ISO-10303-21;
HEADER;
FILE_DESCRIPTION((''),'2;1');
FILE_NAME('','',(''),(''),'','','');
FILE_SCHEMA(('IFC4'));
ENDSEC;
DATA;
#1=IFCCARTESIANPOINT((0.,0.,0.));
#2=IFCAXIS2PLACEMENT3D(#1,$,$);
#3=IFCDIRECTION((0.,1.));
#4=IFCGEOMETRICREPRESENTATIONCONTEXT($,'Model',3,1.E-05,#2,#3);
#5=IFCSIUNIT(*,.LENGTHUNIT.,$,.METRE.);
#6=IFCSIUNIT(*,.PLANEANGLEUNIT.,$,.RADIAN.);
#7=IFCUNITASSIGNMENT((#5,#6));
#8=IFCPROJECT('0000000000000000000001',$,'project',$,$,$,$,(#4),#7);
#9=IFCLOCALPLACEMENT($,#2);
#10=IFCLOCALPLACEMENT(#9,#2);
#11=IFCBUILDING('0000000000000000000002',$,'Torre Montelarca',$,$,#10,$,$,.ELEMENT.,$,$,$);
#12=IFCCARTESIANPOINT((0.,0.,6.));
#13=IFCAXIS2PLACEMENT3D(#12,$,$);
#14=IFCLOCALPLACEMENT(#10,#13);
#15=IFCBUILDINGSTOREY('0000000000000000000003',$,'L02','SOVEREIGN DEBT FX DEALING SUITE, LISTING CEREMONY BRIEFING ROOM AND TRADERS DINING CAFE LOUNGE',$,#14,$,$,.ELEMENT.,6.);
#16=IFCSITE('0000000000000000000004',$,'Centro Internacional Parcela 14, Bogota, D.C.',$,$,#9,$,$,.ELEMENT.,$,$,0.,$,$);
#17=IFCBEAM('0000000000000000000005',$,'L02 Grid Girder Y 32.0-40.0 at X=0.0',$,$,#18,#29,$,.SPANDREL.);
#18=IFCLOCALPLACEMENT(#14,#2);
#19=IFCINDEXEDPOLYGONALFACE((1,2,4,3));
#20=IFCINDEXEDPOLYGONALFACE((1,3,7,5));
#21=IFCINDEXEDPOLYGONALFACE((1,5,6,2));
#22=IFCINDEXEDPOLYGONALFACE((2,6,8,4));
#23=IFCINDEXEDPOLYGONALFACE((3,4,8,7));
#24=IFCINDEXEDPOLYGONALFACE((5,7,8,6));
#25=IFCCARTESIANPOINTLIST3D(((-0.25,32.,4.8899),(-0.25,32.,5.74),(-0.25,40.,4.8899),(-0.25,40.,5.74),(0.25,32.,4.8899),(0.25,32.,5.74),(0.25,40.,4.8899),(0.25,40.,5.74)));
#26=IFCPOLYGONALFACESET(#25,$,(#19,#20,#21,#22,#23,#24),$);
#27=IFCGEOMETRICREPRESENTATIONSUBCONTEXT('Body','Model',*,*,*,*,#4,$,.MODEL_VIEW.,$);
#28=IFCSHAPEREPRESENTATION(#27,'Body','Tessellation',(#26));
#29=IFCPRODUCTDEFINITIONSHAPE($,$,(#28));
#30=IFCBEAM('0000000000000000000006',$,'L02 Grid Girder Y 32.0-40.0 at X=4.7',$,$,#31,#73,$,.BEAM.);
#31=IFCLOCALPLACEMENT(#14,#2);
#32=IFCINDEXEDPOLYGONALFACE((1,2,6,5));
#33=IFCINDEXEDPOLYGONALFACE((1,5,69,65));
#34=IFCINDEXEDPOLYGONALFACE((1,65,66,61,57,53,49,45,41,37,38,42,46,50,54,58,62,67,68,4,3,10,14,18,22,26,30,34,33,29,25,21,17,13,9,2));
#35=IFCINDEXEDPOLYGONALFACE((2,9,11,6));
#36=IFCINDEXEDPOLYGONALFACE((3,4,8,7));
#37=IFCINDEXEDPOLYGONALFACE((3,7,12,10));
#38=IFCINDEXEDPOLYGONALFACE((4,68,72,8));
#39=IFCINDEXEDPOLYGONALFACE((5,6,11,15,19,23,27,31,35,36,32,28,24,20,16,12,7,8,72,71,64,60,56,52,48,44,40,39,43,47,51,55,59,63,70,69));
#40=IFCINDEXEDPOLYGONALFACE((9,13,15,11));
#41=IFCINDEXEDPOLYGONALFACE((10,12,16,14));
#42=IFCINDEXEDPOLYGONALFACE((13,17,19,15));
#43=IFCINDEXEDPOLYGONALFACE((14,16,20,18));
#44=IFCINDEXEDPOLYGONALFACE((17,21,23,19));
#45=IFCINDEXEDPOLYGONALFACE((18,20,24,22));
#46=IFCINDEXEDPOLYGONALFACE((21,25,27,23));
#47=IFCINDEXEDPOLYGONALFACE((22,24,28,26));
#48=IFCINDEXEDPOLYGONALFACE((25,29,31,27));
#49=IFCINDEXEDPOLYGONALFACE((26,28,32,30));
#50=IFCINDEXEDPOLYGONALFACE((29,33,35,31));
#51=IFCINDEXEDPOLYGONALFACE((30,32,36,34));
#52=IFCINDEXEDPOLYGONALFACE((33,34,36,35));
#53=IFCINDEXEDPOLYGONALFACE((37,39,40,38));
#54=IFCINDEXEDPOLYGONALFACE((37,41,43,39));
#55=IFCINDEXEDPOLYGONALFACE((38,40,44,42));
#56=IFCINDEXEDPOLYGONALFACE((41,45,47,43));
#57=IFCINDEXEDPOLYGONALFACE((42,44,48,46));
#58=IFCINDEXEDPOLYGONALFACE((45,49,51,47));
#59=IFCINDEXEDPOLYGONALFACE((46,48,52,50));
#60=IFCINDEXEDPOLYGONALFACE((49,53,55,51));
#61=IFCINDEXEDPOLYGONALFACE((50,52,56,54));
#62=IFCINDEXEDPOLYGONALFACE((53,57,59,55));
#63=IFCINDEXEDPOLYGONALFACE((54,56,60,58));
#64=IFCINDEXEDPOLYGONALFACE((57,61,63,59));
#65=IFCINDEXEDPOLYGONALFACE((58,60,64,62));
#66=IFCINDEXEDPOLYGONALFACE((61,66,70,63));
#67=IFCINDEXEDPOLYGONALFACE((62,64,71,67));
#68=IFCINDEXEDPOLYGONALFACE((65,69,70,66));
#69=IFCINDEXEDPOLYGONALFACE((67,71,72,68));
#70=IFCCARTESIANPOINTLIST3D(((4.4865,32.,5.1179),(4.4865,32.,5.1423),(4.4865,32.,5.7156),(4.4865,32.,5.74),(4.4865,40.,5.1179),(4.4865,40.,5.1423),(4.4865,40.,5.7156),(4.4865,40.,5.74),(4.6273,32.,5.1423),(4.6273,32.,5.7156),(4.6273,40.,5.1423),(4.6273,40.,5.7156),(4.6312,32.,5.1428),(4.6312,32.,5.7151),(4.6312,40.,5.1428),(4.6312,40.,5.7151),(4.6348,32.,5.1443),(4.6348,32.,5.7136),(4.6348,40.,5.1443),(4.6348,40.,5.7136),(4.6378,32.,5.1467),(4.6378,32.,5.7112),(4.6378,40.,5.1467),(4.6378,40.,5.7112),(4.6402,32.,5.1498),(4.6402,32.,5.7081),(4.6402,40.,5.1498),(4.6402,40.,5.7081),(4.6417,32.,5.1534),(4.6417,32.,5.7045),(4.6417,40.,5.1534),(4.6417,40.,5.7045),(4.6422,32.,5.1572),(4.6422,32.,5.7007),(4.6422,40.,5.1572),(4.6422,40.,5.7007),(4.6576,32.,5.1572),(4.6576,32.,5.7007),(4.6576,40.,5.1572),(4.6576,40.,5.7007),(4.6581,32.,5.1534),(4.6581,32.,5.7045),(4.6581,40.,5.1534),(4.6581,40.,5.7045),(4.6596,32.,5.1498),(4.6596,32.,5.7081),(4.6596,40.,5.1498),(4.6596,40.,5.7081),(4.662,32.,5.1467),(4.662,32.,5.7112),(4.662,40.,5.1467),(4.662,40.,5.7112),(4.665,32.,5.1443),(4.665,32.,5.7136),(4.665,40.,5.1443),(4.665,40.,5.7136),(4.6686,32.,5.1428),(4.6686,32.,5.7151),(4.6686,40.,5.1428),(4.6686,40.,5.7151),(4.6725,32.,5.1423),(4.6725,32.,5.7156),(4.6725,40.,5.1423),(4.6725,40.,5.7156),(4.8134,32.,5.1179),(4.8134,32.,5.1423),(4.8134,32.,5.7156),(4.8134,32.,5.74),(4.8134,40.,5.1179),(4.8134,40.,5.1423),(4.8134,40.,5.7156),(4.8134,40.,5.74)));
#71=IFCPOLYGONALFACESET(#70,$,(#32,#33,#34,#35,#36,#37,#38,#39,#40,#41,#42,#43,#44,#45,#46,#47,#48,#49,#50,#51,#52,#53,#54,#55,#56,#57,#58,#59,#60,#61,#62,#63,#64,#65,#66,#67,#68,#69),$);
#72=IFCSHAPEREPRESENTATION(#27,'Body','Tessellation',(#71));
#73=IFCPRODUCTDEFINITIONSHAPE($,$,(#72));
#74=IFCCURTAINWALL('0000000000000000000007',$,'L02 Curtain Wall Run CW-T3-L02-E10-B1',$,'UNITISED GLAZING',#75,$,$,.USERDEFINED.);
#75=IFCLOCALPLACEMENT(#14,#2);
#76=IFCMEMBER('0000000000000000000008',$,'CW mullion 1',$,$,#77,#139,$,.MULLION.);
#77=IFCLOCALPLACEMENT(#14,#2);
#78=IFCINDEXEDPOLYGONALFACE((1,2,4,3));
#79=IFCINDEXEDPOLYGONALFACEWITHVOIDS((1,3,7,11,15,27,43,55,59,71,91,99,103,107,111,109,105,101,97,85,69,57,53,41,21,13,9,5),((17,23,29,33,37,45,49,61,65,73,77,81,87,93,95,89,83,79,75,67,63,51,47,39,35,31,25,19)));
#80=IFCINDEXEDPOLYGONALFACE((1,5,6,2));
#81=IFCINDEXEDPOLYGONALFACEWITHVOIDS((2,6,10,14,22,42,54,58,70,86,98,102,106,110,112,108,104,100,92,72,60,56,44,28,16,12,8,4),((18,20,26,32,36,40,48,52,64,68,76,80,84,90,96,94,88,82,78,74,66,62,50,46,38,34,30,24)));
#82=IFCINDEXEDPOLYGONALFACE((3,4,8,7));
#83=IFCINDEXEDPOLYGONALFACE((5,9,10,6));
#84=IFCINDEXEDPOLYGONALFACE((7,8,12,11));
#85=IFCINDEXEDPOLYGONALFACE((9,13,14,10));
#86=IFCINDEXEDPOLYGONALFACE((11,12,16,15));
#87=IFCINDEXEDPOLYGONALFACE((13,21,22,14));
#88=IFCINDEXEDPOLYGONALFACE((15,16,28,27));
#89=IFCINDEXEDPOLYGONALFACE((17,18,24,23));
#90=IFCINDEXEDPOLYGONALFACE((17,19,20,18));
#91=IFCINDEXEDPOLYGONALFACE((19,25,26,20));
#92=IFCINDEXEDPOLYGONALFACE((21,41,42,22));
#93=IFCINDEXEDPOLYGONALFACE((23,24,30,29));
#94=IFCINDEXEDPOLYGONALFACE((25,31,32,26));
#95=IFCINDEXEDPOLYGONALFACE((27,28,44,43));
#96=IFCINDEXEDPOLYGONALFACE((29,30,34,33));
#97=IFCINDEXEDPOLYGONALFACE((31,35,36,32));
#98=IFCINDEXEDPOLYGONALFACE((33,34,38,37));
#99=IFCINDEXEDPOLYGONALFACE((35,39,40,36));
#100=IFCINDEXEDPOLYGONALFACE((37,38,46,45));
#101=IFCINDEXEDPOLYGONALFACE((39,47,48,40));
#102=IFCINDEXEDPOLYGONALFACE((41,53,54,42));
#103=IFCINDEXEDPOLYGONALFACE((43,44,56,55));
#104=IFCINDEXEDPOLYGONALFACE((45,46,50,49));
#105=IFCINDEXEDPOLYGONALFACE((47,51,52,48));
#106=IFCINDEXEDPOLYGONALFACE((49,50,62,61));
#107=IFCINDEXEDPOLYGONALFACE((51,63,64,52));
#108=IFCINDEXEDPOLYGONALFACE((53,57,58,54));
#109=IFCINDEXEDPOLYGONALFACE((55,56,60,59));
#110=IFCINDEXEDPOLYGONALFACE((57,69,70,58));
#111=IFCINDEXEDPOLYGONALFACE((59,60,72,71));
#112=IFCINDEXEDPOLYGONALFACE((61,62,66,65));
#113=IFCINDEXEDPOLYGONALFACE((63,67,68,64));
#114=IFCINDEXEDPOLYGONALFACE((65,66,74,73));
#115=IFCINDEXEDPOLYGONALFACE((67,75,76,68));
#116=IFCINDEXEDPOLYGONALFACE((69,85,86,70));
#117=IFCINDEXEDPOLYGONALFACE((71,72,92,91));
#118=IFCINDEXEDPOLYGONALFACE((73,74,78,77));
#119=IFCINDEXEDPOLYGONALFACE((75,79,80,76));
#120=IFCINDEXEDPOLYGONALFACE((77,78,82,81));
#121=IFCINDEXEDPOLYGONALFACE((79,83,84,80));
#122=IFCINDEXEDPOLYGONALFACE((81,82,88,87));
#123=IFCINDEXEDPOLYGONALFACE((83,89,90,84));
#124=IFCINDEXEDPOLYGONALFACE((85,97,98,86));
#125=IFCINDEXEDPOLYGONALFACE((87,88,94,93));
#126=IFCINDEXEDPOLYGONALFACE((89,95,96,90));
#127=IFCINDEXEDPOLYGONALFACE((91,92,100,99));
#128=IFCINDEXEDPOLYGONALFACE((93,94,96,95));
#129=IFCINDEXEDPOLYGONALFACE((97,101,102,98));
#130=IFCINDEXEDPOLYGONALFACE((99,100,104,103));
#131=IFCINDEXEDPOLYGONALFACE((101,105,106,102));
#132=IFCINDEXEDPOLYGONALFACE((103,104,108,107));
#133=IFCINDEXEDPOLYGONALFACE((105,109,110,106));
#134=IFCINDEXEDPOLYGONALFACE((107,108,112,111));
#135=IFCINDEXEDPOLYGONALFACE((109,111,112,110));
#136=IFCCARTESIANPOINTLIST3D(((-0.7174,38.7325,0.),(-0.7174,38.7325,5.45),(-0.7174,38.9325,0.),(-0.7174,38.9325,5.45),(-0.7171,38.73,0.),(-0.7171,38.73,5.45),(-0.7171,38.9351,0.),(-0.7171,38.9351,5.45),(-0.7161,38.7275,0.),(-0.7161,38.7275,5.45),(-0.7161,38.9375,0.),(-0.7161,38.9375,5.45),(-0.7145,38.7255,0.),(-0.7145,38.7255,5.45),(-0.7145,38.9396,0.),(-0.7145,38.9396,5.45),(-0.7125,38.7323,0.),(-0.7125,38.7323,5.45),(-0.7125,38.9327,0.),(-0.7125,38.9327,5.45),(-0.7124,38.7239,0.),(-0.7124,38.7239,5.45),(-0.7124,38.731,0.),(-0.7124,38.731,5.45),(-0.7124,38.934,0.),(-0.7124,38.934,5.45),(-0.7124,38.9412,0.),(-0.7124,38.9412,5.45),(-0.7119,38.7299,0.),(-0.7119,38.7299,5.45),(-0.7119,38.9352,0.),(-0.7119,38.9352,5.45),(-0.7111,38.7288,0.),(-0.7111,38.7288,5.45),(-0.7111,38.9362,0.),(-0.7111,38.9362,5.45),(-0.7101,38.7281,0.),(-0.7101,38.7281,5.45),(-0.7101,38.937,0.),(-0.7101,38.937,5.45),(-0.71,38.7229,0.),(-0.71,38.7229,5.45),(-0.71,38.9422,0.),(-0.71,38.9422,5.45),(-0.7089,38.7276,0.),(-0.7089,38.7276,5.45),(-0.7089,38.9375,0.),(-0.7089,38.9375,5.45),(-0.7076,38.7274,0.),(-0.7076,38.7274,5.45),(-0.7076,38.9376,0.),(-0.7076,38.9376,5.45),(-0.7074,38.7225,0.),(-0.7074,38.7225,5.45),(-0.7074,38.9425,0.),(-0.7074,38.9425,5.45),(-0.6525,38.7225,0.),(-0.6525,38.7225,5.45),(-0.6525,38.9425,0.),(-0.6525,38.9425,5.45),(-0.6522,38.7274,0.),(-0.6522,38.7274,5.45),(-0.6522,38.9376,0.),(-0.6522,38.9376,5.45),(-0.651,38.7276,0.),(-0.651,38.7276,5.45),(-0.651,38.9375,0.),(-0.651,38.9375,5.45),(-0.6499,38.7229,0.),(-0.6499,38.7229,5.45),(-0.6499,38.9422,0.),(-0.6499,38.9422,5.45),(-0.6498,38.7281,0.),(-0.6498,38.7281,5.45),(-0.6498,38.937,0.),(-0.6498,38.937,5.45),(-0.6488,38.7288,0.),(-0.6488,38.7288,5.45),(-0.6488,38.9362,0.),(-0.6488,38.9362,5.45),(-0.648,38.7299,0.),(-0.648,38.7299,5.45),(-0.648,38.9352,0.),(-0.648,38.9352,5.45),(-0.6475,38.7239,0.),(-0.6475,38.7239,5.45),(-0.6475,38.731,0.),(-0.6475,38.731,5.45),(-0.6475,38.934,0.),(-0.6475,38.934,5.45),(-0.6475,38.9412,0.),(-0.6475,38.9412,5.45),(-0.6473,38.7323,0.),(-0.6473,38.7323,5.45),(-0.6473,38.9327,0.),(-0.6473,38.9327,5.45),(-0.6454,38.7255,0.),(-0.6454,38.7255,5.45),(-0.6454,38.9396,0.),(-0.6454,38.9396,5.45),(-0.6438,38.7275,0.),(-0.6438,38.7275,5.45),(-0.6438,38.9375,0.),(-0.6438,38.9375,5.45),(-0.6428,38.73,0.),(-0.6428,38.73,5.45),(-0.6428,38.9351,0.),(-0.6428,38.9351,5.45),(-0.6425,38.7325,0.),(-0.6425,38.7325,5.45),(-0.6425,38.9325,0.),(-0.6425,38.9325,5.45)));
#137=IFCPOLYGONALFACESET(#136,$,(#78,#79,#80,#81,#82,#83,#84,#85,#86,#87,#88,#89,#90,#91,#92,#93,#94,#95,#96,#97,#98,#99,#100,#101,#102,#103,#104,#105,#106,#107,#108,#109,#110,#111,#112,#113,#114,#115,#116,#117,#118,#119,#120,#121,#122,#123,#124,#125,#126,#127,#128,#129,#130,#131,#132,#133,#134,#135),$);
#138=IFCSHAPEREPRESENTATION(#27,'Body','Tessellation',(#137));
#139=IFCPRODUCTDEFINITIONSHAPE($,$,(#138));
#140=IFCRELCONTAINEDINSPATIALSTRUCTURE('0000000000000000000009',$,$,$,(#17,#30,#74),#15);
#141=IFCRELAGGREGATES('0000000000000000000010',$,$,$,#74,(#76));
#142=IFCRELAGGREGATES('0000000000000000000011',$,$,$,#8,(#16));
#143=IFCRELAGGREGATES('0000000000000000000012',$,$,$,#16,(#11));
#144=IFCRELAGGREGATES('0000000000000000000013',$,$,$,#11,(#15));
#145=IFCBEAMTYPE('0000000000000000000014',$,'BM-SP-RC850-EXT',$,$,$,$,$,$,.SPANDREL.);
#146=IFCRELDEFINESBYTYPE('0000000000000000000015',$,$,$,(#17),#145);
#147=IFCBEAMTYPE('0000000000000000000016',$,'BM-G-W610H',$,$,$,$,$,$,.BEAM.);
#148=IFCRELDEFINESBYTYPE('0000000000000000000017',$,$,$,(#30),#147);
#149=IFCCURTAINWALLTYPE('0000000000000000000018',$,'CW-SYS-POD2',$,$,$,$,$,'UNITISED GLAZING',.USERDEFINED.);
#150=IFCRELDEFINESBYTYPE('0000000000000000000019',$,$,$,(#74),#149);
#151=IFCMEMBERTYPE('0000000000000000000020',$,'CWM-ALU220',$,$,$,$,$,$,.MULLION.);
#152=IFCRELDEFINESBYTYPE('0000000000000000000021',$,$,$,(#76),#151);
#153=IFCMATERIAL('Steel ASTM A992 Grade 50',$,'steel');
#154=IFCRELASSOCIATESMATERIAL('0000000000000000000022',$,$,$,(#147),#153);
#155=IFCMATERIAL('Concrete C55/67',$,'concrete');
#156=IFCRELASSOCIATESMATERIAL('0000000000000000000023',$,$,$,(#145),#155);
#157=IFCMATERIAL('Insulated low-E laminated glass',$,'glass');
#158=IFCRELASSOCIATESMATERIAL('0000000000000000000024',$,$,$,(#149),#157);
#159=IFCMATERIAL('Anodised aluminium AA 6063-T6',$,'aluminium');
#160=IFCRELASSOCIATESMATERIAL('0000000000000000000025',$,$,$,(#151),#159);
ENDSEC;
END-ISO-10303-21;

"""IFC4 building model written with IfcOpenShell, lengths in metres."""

from ifc_helpers import new_model, si_unit, direction, frame, origin, origin_2d, place, context, subcontext, project, spatial, rectangle, hollow_rectangle, i_section, extrude, source, transform, mapped, material, material_profile, profile_set, type_object, element, aggregate, save


model = new_model("IFC4")

# Units and contexts
model_context = context("Model", 3, precision=1e-05, world=origin(), true_north=direction((0.0, 1.0)))
body_context = subcontext(model_context, "Body", "Model", "MODEL_VIEW")
ifc_project = project(units=[si_unit("LENGTHUNIT", "METRE"), si_unit("PLANEANGLEUNIT", "RADIAN")], contexts=[model_context])

# Site, building, storey
site_placement = place(None, origin())
site = spatial("IfcSite", under=ifc_project, at=site_placement, Name="Centro Internacional Parcela 14, Bogota, D.C.", CompositionType="ELEMENT", RefElevation=0.0)
building_placement = place(site_placement, origin())
building = spatial("IfcBuilding", under=site, at=building_placement, Name="Torre Montelarca", CompositionType="ELEMENT")
storey_placement = place(building_placement, frame((0.0, 0.0, 6.0)))
storey = spatial("IfcBuildingStorey", under=building, at=storey_placement, Name="L02", Description="SOVEREIGN DEBT FX DEALING SUITE, LISTING CEREMONY BRIEFING ROOM AND TRADERS DINING CAFE LOUNGE", CompositionType="ELEMENT", Elevation=6.0)

# Shared definitions
ifc_material_1 = material(Name="Concrete C55/67", Category="concrete")

# Beams
ifc_material_2 = material(Name="Steel ASTM A992 Grade 50", Category="steel")
ifc_material_profile_1 = material_profile(ifc_material_2, i_section(OverallWidth=0.3269, OverallDepth=0.6221, WebThickness=0.0154, FlangeThickness=0.0244, FilletRadius=0.0149, at=origin_2d()), Name="W610X195", Category="steel")
ifc_profile_set_1 = profile_set([ifc_material_profile_1], Name="Steel ASTM A992 Grade 50")
beam_type_1 = type_object("IfcBeamType", Name="BM-G-W610H", PredefinedType="BEAM", material=ifc_profile_set_1)
ifc_material_profile_2 = material_profile(ifc_material_1, rectangle(XDim=0.5, YDim=0.8501, at=origin_2d()), Name="RCB500X850", Category="concrete")
ifc_profile_set_2 = profile_set([ifc_material_profile_2], Name="Concrete C55/67")
beam_type_2 = type_object("IfcBeamType", Name="BM-SP-RC850-EXT", PredefinedType="SPANDREL", material=ifc_profile_set_2)
shared_shape_1 = source(origin(), body_context, "Body", "SweptSolid", [
    extrude(rectangle(XDim=0.5, YDim=0.8501, at=origin_2d()), origin(), (0.0, 0.0, 1.0), 8.0),
])
beam_1_placement = place(storey_placement, frame((0.0, 32.0, 5.3149), z_axis=(0.0, 1.0, 0.0), x_axis=(-1.0, 0.0, 0.0)))
element("IfcBeam", 1, at=beam_1_placement, inside=storey, type_object=beam_type_2, Name="L02 Grid Girder Y 32.0-40.0 at X=0.0", PredefinedType="SPANDREL", context=body_context, shape_type="MappedRepresentation", body=[
    mapped(shared_shape_1, transform((0.0, 0.0, 0.0), scale=1.0)),
])
shared_shape_2 = source(origin(), body_context, "Body", "SweptSolid", [
    extrude(i_section(OverallWidth=0.3269, OverallDepth=0.6221, WebThickness=0.0154, FlangeThickness=0.0244, FilletRadius=0.0149, at=origin_2d()), origin(), (0.0, 0.0, 1.0), 8.0),
])
beam_2_placement = place(storey_placement, frame((4.6499, 32.0, 5.429), z_axis=(0.0, 1.0, 0.0), x_axis=(-1.0, 0.0, 0.0)))
element("IfcBeam", 2, at=beam_2_placement, inside=storey, type_object=beam_type_1, Name="L02 Grid Girder Y 32.0-40.0 at X=4.7", PredefinedType="BEAM", context=body_context, shape_type="MappedRepresentation", body=[
    mapped(shared_shape_2, transform((0.0, 0.0, 0.0), scale=1.0)),
])

# Curtain wall, member
ifc_material_3 = material(Name="Insulated low-E laminated glass", Category="glass")
curtain_wall_type = type_object("IfcCurtainWallType", Name="CW-SYS-POD2", ElementType="UNITISED GLAZING", PredefinedType="USERDEFINED", material=ifc_material_3)
curtain_wall_1_placement = place(storey_placement, origin())
curtain_wall_1 = element("IfcCurtainWall", 3, at=curtain_wall_1_placement, inside=storey, type_object=curtain_wall_type, Name="L02 Curtain Wall Run CW-T3-L02-E10-B1", ObjectType="UNITISED GLAZING", PredefinedType="USERDEFINED")
ifc_material_4 = material(Name="Anodised aluminium AA 6063-T6", Category="aluminium")
ifc_material_profile_3 = material_profile(ifc_material_4, hollow_rectangle(XDim=0.075, YDim=0.22, WallThickness=0.0049, InnerFilletRadius=0.0049, OuterFilletRadius=0.01, at=origin_2d()), Name="ALU75X220X5", Category="aluminium")
ifc_profile_set_3 = profile_set([ifc_material_profile_3], Name="Anodised aluminium AA 6063-T6")
member_type_1 = type_object("IfcMemberType", Name="CWM-ALU220", PredefinedType="MULLION", material=ifc_profile_set_3)
shared_shape_3 = source(origin(), body_context, "Body", "SweptSolid", [
    extrude(hollow_rectangle(XDim=0.075, YDim=0.22, WallThickness=0.0049, InnerFilletRadius=0.0049, OuterFilletRadius=0.01, at=origin_2d()), origin(), (0.0, 0.0, 1.0), 5.45),
])
member_1_placement = place(storey_placement, frame((-0.6799, 38.8325, 0.0), z_axis=(0.0, 0.0, 1.0), x_axis=(1.0, 0.0, 0.0)))
member_1 = element("IfcMember", 4, at=member_1_placement, type_object=member_type_1, Name="CW mullion 1", PredefinedType="MULLION", context=body_context, shape_type="MappedRepresentation", body=[
    mapped(shared_shape_3, transform((0.0, 0.0, 0.0), scale=1.0)),
])

aggregate(curtain_wall_1, [member_1])

save(model, "model.ifc")
